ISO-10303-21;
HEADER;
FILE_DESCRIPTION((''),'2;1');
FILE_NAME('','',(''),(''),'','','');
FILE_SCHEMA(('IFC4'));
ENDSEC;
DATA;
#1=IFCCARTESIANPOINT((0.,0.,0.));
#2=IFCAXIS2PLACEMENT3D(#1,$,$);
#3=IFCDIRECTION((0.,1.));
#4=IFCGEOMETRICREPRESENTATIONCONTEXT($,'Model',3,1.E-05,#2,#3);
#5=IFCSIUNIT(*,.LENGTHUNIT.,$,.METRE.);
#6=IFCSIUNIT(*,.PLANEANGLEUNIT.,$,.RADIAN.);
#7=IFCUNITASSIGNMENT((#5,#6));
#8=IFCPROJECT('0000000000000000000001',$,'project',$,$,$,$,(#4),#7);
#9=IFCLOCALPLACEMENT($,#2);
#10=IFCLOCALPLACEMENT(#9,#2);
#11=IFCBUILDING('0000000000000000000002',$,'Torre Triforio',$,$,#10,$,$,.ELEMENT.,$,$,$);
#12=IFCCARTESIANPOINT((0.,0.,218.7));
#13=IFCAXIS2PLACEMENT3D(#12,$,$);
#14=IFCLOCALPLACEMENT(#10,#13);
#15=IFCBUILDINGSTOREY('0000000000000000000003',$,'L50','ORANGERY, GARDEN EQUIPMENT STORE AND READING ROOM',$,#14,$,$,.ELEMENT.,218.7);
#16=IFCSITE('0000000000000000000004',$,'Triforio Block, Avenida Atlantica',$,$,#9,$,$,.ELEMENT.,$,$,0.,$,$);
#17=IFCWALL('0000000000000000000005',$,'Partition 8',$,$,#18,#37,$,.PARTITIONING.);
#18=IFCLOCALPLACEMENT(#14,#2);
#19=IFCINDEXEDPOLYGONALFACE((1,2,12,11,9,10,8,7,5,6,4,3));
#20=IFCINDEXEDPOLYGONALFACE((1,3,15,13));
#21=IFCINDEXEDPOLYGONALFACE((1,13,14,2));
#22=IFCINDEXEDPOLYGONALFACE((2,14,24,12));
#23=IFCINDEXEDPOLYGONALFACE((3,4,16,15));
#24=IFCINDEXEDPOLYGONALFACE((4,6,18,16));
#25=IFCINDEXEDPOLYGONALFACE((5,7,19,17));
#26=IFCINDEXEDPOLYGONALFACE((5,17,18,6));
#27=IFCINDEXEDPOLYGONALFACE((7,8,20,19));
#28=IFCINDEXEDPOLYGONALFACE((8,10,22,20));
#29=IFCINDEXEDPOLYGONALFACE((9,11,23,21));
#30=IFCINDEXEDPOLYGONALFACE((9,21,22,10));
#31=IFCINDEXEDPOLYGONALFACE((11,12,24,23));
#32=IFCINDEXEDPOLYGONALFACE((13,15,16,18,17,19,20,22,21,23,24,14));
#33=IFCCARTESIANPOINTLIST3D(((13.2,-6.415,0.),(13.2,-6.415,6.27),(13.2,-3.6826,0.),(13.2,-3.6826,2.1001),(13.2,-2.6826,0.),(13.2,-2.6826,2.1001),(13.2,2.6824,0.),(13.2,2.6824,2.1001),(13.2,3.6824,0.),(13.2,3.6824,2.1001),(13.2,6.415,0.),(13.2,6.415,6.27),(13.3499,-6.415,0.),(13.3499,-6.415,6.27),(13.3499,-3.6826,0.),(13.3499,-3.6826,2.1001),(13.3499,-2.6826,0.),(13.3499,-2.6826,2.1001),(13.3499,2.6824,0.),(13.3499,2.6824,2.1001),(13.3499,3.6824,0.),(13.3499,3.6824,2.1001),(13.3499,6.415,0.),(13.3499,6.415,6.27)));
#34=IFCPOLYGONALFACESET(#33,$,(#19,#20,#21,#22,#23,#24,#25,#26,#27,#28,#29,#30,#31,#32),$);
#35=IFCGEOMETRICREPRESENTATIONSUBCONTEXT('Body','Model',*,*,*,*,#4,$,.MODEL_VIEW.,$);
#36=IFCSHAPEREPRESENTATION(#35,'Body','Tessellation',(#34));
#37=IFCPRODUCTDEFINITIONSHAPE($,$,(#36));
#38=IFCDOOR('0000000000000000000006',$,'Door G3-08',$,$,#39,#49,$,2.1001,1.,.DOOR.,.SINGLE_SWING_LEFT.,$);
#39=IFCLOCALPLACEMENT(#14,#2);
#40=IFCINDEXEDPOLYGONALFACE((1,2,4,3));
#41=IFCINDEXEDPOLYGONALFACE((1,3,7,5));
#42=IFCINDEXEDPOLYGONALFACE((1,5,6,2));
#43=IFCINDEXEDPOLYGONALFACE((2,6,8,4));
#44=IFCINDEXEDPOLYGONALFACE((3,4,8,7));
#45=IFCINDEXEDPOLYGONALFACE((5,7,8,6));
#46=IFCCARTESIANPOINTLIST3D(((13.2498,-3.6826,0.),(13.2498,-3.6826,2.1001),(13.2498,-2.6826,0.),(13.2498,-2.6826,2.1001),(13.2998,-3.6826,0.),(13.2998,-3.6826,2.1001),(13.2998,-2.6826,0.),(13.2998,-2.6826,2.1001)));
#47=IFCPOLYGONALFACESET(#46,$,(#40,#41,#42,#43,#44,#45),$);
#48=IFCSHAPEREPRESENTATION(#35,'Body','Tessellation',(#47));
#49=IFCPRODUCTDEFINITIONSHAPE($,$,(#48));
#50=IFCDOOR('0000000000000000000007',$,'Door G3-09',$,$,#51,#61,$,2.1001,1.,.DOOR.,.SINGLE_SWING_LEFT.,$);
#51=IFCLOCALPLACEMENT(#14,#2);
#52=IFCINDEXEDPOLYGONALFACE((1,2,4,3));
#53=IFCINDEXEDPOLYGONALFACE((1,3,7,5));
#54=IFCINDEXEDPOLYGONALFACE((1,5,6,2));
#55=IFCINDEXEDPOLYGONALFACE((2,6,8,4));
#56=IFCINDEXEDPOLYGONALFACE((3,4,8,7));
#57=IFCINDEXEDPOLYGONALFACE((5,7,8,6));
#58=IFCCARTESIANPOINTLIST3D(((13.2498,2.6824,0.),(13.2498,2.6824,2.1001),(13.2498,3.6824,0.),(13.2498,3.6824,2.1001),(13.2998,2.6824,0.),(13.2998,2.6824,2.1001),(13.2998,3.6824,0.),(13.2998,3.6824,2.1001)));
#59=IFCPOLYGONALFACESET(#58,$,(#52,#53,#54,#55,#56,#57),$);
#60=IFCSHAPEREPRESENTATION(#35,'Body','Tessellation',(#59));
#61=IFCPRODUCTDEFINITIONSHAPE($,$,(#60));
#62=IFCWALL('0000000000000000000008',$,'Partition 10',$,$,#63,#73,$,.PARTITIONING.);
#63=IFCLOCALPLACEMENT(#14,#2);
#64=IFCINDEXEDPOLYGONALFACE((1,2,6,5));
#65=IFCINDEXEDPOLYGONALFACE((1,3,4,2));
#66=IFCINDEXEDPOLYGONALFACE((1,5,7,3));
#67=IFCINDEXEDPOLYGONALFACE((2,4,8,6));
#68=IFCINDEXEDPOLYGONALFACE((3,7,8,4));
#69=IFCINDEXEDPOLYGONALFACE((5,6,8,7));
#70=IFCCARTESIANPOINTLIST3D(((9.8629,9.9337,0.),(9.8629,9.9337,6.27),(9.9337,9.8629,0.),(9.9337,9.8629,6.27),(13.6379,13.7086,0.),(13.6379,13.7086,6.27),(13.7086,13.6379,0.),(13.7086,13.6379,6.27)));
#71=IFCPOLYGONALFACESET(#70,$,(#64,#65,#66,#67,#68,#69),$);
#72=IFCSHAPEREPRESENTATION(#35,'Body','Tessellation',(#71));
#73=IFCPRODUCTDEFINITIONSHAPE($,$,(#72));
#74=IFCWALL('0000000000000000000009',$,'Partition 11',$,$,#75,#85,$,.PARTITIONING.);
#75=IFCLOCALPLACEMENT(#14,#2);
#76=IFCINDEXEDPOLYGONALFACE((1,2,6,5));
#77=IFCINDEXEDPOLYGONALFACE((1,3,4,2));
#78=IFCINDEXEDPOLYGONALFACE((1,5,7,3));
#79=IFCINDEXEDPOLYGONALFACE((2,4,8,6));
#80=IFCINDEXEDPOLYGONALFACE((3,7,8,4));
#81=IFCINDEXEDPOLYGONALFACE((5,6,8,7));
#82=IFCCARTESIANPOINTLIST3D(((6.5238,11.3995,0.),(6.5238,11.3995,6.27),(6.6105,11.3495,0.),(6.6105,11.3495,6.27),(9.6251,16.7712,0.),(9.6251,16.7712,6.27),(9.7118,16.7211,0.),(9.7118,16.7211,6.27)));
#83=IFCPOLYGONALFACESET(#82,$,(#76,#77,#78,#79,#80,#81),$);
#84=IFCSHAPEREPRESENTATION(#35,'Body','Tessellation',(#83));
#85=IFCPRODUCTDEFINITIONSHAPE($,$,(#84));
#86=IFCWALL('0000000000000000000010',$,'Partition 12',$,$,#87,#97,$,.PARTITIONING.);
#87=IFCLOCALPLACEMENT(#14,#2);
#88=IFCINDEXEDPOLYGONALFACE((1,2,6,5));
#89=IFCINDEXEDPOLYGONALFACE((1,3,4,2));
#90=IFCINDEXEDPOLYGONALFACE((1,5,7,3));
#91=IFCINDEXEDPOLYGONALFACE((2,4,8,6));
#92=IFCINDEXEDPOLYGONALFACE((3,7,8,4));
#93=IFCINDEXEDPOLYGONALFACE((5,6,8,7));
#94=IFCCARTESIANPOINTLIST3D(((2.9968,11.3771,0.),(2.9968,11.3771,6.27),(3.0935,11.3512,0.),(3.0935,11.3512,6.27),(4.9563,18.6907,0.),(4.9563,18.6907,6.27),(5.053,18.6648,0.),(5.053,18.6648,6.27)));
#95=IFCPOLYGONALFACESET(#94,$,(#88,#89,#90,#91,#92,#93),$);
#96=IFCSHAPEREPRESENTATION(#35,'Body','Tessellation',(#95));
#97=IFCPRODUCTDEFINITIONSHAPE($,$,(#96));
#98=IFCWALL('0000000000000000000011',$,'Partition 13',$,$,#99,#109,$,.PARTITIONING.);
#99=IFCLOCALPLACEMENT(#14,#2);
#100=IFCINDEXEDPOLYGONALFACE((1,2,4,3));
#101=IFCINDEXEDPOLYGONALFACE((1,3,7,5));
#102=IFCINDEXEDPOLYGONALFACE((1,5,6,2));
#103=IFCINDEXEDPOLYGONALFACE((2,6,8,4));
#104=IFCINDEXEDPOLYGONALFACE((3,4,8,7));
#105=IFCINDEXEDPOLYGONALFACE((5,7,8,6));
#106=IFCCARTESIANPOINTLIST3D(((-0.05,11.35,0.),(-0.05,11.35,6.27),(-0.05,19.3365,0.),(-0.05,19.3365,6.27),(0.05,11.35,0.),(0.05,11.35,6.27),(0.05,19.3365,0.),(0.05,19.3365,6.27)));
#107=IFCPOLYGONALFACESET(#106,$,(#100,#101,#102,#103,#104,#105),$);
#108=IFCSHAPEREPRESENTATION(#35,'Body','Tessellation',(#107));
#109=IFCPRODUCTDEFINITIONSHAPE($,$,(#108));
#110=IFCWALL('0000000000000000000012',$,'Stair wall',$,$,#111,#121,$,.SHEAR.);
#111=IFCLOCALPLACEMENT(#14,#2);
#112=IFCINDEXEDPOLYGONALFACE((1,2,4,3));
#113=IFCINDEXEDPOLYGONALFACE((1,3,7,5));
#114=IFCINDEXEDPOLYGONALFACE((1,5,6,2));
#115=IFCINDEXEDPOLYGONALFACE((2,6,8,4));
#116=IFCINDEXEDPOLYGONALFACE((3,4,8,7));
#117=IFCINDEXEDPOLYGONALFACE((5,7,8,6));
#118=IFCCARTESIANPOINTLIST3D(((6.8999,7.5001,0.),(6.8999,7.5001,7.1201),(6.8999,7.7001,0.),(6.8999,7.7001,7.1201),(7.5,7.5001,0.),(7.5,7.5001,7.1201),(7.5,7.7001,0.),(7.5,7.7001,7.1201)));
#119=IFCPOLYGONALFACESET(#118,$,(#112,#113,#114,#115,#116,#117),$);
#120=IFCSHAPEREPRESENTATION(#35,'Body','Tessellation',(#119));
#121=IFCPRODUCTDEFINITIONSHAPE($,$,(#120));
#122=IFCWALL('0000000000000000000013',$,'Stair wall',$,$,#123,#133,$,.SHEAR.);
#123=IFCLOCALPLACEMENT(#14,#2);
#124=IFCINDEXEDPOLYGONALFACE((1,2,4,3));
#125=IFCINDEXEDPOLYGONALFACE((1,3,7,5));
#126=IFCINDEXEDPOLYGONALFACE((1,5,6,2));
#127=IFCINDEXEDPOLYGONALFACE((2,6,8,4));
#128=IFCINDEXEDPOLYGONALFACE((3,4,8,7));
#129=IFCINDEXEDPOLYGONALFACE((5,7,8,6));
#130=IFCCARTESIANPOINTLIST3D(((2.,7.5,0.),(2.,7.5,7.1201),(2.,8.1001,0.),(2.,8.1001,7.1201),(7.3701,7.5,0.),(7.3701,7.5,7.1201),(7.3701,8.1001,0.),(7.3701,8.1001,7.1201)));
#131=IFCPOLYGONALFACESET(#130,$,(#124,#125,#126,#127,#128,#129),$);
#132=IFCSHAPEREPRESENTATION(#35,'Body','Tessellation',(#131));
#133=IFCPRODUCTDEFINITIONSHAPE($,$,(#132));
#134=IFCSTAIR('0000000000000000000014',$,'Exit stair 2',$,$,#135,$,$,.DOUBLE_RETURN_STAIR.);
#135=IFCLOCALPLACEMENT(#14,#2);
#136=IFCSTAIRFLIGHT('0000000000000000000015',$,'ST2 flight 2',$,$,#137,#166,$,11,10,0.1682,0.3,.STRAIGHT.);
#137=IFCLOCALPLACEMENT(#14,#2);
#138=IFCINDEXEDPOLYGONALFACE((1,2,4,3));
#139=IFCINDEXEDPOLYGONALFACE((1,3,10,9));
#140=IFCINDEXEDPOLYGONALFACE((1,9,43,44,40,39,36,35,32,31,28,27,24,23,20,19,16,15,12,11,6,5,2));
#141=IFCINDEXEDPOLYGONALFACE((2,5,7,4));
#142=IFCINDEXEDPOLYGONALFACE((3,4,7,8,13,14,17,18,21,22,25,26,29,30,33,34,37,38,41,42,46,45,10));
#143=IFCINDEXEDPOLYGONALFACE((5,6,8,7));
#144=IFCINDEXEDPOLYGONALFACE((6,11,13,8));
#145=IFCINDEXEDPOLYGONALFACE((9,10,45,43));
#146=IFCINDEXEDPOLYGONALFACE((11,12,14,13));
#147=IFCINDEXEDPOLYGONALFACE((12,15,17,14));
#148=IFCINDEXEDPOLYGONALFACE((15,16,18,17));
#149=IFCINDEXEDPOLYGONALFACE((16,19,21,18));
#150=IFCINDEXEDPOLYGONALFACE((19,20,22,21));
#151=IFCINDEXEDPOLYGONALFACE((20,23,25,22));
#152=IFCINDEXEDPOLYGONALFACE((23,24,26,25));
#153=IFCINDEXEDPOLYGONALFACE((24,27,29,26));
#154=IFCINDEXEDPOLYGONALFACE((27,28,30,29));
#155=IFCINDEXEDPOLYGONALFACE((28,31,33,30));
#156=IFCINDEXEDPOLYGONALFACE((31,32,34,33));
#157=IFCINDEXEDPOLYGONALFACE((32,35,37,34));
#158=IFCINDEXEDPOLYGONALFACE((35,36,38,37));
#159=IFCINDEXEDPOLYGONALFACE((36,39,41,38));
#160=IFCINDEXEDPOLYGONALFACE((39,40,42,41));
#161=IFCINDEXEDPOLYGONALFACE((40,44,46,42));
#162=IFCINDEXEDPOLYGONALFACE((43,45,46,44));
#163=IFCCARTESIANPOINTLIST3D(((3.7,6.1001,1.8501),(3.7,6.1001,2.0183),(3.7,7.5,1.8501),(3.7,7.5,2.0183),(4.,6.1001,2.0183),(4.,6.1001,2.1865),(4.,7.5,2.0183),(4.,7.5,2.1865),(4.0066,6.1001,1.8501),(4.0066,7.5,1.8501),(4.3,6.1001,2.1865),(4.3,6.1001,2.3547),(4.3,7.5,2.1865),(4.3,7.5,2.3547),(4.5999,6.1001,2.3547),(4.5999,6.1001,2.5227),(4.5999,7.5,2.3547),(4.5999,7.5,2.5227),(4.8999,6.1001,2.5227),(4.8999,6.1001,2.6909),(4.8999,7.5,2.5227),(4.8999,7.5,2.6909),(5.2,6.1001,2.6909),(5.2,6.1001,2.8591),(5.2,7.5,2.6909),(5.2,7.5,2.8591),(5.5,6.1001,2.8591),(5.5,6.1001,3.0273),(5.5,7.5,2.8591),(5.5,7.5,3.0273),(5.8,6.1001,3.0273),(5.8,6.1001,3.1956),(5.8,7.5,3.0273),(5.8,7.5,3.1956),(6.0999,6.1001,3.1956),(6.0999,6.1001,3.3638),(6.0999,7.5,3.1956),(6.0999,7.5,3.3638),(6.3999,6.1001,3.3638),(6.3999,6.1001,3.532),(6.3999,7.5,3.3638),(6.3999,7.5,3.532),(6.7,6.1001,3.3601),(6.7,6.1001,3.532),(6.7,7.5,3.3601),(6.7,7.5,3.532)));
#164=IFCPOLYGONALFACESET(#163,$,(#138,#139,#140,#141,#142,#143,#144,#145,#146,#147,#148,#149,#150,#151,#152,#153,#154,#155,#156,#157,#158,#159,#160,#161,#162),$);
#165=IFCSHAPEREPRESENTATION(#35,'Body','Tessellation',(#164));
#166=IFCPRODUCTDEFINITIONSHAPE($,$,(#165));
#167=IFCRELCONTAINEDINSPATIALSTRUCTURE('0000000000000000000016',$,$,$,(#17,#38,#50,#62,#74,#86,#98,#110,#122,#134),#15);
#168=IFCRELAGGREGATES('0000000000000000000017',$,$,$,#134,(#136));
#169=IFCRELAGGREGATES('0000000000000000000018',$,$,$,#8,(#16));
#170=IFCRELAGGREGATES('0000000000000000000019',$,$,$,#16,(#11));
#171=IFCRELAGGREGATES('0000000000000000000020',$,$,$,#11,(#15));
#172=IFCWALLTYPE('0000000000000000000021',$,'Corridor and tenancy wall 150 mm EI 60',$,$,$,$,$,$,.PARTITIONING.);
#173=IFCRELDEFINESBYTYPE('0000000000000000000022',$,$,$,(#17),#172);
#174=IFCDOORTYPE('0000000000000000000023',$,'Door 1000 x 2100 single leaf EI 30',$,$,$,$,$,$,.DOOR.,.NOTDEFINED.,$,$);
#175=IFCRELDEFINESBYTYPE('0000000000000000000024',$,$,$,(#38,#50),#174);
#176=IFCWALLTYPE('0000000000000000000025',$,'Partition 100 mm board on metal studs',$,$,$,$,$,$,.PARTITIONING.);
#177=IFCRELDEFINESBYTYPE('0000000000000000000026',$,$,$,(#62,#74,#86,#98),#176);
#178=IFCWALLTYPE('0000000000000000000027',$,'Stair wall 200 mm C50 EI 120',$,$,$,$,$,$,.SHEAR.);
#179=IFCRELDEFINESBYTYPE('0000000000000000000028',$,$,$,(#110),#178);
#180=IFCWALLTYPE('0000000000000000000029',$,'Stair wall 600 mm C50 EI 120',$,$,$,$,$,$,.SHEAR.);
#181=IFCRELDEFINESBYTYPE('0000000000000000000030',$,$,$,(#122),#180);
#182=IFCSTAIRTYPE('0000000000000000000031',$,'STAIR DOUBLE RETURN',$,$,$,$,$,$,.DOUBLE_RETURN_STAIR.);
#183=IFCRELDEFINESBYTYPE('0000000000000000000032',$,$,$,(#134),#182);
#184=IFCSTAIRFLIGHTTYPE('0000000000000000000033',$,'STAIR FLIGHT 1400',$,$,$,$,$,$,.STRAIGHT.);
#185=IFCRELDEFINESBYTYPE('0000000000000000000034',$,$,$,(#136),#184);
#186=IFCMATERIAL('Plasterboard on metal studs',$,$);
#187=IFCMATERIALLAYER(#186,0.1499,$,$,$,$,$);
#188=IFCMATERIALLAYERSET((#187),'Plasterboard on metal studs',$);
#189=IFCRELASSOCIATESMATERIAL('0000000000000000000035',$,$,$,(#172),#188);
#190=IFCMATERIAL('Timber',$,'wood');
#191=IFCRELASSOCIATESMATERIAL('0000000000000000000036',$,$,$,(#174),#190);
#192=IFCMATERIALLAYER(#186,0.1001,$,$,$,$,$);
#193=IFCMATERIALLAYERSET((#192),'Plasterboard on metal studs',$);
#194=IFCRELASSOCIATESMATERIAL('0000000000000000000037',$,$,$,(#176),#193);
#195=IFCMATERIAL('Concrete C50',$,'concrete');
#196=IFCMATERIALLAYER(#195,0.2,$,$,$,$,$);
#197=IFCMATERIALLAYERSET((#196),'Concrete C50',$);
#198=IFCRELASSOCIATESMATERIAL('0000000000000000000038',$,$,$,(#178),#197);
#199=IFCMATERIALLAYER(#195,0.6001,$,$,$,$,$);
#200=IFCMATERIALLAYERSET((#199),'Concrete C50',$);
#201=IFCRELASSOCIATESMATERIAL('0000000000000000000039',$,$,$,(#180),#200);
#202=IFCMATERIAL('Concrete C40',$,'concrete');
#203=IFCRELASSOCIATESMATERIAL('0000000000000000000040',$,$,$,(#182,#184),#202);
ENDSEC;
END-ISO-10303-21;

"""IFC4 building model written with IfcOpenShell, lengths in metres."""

from ifc_helpers import new_model, si_unit, direction, frame, frame_2d, origin, place, context, subcontext, project, spatial, polyline, rectangle, outline, extrude, material, layer, layer_set, type_object, element, fill, aggregate, save


model = new_model("IFC4")

# Units and contexts
model_context = context("Model", 3, precision=1e-05, world=origin(), true_north=direction((0.0, 1.0)))
body_context = subcontext(model_context, "Body", "Model", "MODEL_VIEW")
ifc_project = project(units=[si_unit("LENGTHUNIT", "METRE"), si_unit("PLANEANGLEUNIT", "RADIAN")], contexts=[model_context])

# Site, building, storey
site_placement = place(None, origin())
site = spatial("IfcSite", under=ifc_project, at=site_placement, Name="Triforio Block, Avenida Atlantica", CompositionType="ELEMENT", RefElevation=0.0)
building_placement = place(site_placement, origin())
building = spatial("IfcBuilding", under=site, at=building_placement, Name="Torre Triforio", CompositionType="ELEMENT")
storey_placement = place(building_placement, frame((0.0, 0.0, 218.7)))
storey = spatial("IfcBuildingStorey", under=building, at=storey_placement, Name="L50", Description="ORANGERY, GARDEN EQUIPMENT STORE AND READING ROOM", CompositionType="ELEMENT", Elevation=218.7)

# Shared definitions
ifc_material_1 = material(Name="Concrete C40", Category="concrete")

# Shared definitions
ifc_material_2 = material(Name="Concrete C50", Category="concrete")
ifc_material_3 = material(Name="Plasterboard on metal studs")
ifc_layer_1 = layer(ifc_material_3, 0.1499)
ifc_layer_set_1 = layer_set([ifc_layer_1], Name="Plasterboard on metal studs")
wall_type_1 = type_object("IfcWallType", Name="Corridor and tenancy wall 150 mm EI 60", PredefinedType="PARTITIONING", material=ifc_layer_set_1)
ifc_material_4 = material(Name="Timber", Category="wood")

# Wall, openings, doors
wall_1_placement = place(storey_placement, frame((13.2749, 6.415, 0.0), z_axis=(0.0, 0.0, 1.0), x_axis=(0.0, -1.0, 0.0)))
wall_1 = element("IfcWall", 1, at=wall_1_placement, inside=storey, type_object=wall_type_1, Name="Partition 8", PredefinedType="PARTITIONING", context=body_context, shape_type="SweptSolid", body=[
    extrude(rectangle(XDim=12.8301, YDim=0.1499, at=frame_2d((6.415, 0.0))), origin(), (0.0, 0.0, 1.0), 6.27),
])
opening_1_placement = place(wall_1_placement, frame((9.0977, 0.0, 0.0)))
opening_1 = element("IfcOpeningElement", 2, at=opening_1_placement, cuts=wall_1, PredefinedType="OPENING", context=body_context, shape_type="SweptSolid", body=[
    extrude(rectangle(XDim=1.0, YDim=2.1001, at=frame_2d((0.5, 1.05))), frame((0.0, 0.085, 0.0), z_axis=(0.0, -1.0, 0.0), x_axis=(1.0, 0.0, 0.0)), (0.0, 0.0, 1.0), 0.1699),
])
opening_2_placement = place(wall_1_placement, frame((2.7327, 0.0, 0.0)))
opening_2 = element("IfcOpeningElement", 3, at=opening_2_placement, cuts=wall_1, PredefinedType="OPENING", context=body_context, shape_type="SweptSolid", body=[
    extrude(rectangle(XDim=1.0, YDim=2.1001, at=frame_2d((0.5, 1.05))), frame((0.0, 0.085, 0.0), z_axis=(0.0, -1.0, 0.0), x_axis=(1.0, 0.0, 0.0)), (0.0, 0.0, 1.0), 0.1699),
])
door_type_1 = type_object("IfcDoorType", Name="Door 1000 x 2100 single leaf EI 30", OperationType="NOTDEFINED", PredefinedType="DOOR", material=ifc_material_4)
door_1_placement = place(opening_1_placement, origin())
door_1 = element("IfcDoor", 4, at=door_1_placement, inside=storey, type_object=door_type_1, Name="Door G3-08", OperationType="SINGLE_SWING_LEFT", OverallHeight=2.1001, OverallWidth=1.0, PredefinedType="DOOR", context=body_context, shape_type="SweptSolid", body=[
    extrude(rectangle(XDim=1.0, YDim=2.1001, at=frame_2d((0.5, 1.05))), frame((0.0, 0.0249, 0.0), z_axis=(0.0, -1.0, 0.0), x_axis=(1.0, 0.0, 0.0)), (0.0, 0.0, 1.0), 0.05),
])
fill(opening_1, door_1)
door_2_placement = place(opening_2_placement, origin())
door_2 = element("IfcDoor", 5, at=door_2_placement, inside=storey, type_object=door_type_1, Name="Door G3-09", OperationType="SINGLE_SWING_LEFT", OverallHeight=2.1001, OverallWidth=1.0, PredefinedType="DOOR", context=body_context, shape_type="SweptSolid", body=[
    extrude(rectangle(XDim=1.0, YDim=2.1001, at=frame_2d((0.5, 1.05))), frame((0.0, 0.0249, 0.0), z_axis=(0.0, -1.0, 0.0), x_axis=(1.0, 0.0, 0.0)), (0.0, 0.0, 1.0), 0.05),
])
fill(opening_2, door_2)

# Walls
ifc_layer_2 = layer(ifc_material_3, 0.1001)
ifc_layer_set_2 = layer_set([ifc_layer_2], Name="Plasterboard on metal studs")
wall_type_2 = type_object("IfcWallType", Name="Partition 100 mm board on metal studs", PredefinedType="PARTITIONING", material=ifc_layer_set_2)
wall_2_placement = place(storey_placement, frame((9.8982, 9.8982, 0.0), z_axis=(0.0, 0.0, 1.0), x_axis=(0.707107, 0.707107, 0.0)))
element("IfcWall", 6, at=wall_2_placement, inside=storey, type_object=wall_type_2, Name="Partition 10", PredefinedType="PARTITIONING", context=body_context, shape_type="SweptSolid", body=[
    extrude(rectangle(XDim=5.3386, YDim=0.1001, at=frame_2d((2.6694, 0.0))), origin(), (0.0, 0.0, 1.0), 6.27),
])
wall_3_placement = place(storey_placement, frame((6.5671, 11.3745, 0.0), z_axis=(0.0, 0.0, 1.0), x_axis=(0.500004, 0.866023, 0.0)))
element("IfcWall", 7, at=wall_3_placement, inside=storey, type_object=wall_type_2, Name="Partition 11", PredefinedType="PARTITIONING", context=body_context, shape_type="SweptSolid", body=[
    extrude(rectangle(XDim=6.2026, YDim=0.1001, at=frame_2d((3.1013, 0.0))), origin(), (0.0, 0.0, 1.0), 6.27),
])
wall_4_placement = place(storey_placement, frame((3.0452, 11.3643, 0.0), z_axis=(0.0, 0.0, 1.0), x_axis=(0.258798, 0.965931, 0.0)))
element("IfcWall", 8, at=wall_4_placement, inside=storey, type_object=wall_type_2, Name="Partition 12", PredefinedType="PARTITIONING", context=body_context, shape_type="SweptSolid", body=[
    extrude(rectangle(XDim=7.5715, YDim=0.1001, at=frame_2d((3.7856, 0.0))), origin(), (0.0, 0.0, 1.0), 6.27),
])
wall_5_placement = place(storey_placement, frame((0.0, 11.3501, 0.0), z_axis=(0.0, 0.0, 1.0), x_axis=(0.0, 1.0, 0.0)))
element("IfcWall", 9, at=wall_5_placement, inside=storey, type_object=wall_type_2, Name="Partition 13", PredefinedType="PARTITIONING", context=body_context, shape_type="SweptSolid", body=[
    extrude(rectangle(XDim=7.9866, YDim=0.1001, at=frame_2d((3.9932, 0.0))), origin(), (0.0, 0.0, 1.0), 6.27),
])
ifc_layer_3 = layer(ifc_material_2, 0.2)
ifc_layer_set_3 = layer_set([ifc_layer_3], Name="Concrete C50")
wall_type_3 = type_object("IfcWallType", Name="Stair wall 200 mm C50 EI 120", PredefinedType="SHEAR", material=ifc_layer_set_3)
wall_6_placement = place(storey_placement, frame((6.8999, 7.6001, 0.0), z_axis=(0.0, 0.0, 1.0), x_axis=(1.0, 0.0, 0.0)))
element("IfcWall", 10, at=wall_6_placement, inside=storey, type_object=wall_type_3, Name="Stair wall", PredefinedType="SHEAR", context=body_context, shape_type="SweptSolid", body=[
    extrude(rectangle(XDim=0.6001, YDim=0.2, at=frame_2d((0.3, 0.0))), origin(), (0.0, 0.0, 1.0), 7.1201),
])
ifc_layer_4 = layer(ifc_material_2, 0.6001)
ifc_layer_set_4 = layer_set([ifc_layer_4], Name="Concrete C50")
wall_type_4 = type_object("IfcWallType", Name="Stair wall 600 mm C50 EI 120", PredefinedType="SHEAR", material=ifc_layer_set_4)
wall_7_placement = place(storey_placement, frame((2.0, 7.8, 0.0), z_axis=(0.0, 0.0, 1.0), x_axis=(1.0, 0.0, 0.0)))
element("IfcWall", 11, at=wall_7_placement, inside=storey, type_object=wall_type_4, Name="Stair wall", PredefinedType="SHEAR", context=body_context, shape_type="SweptSolid", body=[
    extrude(rectangle(XDim=5.3701, YDim=0.6001, at=frame_2d((2.6851, 0.0))), origin(), (0.0, 0.0, 1.0), 7.1201),
])

# Stair, stair flight
stair_type = type_object("IfcStairType", Name="STAIR DOUBLE RETURN", PredefinedType="DOUBLE_RETURN_STAIR", material=ifc_material_1)
stair_placement = place(storey_placement, origin())
stair = element("IfcStair", 12, at=stair_placement, inside=storey, type_object=stair_type, Name="Exit stair 2", PredefinedType="DOUBLE_RETURN_STAIR")
stair_flight_type = type_object("IfcStairFlightType", Name="STAIR FLIGHT 1400", PredefinedType="STRAIGHT", material=ifc_material_1)
stair_flight_1_placement = place(storey_placement, frame((3.7, 6.8, 1.8501), z_axis=(0.0, 0.0, 1.0), x_axis=(1.0, 0.0, 0.0)))
stair_flight_1 = element("IfcStairFlight", 13, at=stair_flight_1_placement, type_object=stair_flight_type, Name="ST2 flight 2", NumberOfRisers=11, NumberOfTreads=10, PredefinedType="STRAIGHT", RiserHeight=0.1682, TreadLength=0.3, context=body_context, shape_type="SweptSolid", body=[
    extrude(outline(polyline([(0.0, 0.0), (0.0, 0.1682), (0.3, 0.1682), (0.3, 0.3364), (0.6001, 0.3364), (0.6001, 0.5046), (0.8999, 0.5046), (0.8999, 0.6726), (1.2, 0.6726), (1.2, 0.8408), (1.5, 0.8408), (1.5, 1.009), (1.8, 1.009), (1.8, 1.1772), (2.1001, 1.1772), (2.1001, 1.3455), (2.3999, 1.3455), (2.3999, 1.5137), (2.7, 1.5137), (2.7, 1.6819), (3.0, 1.6819), (3.0, 1.8501), (3.0, 1.51), (0.3066, 0.0), (0.0, 0.0)])), frame((0.0, 0.7, 0.0), z_axis=(0.0, -1.0, 0.0), x_axis=(1.0, 0.0, 0.0)), (0.0, 0.0, 1.0), 1.3999),
])
aggregate(stair, [stair_flight_1])

save(model, "model.ifc")
